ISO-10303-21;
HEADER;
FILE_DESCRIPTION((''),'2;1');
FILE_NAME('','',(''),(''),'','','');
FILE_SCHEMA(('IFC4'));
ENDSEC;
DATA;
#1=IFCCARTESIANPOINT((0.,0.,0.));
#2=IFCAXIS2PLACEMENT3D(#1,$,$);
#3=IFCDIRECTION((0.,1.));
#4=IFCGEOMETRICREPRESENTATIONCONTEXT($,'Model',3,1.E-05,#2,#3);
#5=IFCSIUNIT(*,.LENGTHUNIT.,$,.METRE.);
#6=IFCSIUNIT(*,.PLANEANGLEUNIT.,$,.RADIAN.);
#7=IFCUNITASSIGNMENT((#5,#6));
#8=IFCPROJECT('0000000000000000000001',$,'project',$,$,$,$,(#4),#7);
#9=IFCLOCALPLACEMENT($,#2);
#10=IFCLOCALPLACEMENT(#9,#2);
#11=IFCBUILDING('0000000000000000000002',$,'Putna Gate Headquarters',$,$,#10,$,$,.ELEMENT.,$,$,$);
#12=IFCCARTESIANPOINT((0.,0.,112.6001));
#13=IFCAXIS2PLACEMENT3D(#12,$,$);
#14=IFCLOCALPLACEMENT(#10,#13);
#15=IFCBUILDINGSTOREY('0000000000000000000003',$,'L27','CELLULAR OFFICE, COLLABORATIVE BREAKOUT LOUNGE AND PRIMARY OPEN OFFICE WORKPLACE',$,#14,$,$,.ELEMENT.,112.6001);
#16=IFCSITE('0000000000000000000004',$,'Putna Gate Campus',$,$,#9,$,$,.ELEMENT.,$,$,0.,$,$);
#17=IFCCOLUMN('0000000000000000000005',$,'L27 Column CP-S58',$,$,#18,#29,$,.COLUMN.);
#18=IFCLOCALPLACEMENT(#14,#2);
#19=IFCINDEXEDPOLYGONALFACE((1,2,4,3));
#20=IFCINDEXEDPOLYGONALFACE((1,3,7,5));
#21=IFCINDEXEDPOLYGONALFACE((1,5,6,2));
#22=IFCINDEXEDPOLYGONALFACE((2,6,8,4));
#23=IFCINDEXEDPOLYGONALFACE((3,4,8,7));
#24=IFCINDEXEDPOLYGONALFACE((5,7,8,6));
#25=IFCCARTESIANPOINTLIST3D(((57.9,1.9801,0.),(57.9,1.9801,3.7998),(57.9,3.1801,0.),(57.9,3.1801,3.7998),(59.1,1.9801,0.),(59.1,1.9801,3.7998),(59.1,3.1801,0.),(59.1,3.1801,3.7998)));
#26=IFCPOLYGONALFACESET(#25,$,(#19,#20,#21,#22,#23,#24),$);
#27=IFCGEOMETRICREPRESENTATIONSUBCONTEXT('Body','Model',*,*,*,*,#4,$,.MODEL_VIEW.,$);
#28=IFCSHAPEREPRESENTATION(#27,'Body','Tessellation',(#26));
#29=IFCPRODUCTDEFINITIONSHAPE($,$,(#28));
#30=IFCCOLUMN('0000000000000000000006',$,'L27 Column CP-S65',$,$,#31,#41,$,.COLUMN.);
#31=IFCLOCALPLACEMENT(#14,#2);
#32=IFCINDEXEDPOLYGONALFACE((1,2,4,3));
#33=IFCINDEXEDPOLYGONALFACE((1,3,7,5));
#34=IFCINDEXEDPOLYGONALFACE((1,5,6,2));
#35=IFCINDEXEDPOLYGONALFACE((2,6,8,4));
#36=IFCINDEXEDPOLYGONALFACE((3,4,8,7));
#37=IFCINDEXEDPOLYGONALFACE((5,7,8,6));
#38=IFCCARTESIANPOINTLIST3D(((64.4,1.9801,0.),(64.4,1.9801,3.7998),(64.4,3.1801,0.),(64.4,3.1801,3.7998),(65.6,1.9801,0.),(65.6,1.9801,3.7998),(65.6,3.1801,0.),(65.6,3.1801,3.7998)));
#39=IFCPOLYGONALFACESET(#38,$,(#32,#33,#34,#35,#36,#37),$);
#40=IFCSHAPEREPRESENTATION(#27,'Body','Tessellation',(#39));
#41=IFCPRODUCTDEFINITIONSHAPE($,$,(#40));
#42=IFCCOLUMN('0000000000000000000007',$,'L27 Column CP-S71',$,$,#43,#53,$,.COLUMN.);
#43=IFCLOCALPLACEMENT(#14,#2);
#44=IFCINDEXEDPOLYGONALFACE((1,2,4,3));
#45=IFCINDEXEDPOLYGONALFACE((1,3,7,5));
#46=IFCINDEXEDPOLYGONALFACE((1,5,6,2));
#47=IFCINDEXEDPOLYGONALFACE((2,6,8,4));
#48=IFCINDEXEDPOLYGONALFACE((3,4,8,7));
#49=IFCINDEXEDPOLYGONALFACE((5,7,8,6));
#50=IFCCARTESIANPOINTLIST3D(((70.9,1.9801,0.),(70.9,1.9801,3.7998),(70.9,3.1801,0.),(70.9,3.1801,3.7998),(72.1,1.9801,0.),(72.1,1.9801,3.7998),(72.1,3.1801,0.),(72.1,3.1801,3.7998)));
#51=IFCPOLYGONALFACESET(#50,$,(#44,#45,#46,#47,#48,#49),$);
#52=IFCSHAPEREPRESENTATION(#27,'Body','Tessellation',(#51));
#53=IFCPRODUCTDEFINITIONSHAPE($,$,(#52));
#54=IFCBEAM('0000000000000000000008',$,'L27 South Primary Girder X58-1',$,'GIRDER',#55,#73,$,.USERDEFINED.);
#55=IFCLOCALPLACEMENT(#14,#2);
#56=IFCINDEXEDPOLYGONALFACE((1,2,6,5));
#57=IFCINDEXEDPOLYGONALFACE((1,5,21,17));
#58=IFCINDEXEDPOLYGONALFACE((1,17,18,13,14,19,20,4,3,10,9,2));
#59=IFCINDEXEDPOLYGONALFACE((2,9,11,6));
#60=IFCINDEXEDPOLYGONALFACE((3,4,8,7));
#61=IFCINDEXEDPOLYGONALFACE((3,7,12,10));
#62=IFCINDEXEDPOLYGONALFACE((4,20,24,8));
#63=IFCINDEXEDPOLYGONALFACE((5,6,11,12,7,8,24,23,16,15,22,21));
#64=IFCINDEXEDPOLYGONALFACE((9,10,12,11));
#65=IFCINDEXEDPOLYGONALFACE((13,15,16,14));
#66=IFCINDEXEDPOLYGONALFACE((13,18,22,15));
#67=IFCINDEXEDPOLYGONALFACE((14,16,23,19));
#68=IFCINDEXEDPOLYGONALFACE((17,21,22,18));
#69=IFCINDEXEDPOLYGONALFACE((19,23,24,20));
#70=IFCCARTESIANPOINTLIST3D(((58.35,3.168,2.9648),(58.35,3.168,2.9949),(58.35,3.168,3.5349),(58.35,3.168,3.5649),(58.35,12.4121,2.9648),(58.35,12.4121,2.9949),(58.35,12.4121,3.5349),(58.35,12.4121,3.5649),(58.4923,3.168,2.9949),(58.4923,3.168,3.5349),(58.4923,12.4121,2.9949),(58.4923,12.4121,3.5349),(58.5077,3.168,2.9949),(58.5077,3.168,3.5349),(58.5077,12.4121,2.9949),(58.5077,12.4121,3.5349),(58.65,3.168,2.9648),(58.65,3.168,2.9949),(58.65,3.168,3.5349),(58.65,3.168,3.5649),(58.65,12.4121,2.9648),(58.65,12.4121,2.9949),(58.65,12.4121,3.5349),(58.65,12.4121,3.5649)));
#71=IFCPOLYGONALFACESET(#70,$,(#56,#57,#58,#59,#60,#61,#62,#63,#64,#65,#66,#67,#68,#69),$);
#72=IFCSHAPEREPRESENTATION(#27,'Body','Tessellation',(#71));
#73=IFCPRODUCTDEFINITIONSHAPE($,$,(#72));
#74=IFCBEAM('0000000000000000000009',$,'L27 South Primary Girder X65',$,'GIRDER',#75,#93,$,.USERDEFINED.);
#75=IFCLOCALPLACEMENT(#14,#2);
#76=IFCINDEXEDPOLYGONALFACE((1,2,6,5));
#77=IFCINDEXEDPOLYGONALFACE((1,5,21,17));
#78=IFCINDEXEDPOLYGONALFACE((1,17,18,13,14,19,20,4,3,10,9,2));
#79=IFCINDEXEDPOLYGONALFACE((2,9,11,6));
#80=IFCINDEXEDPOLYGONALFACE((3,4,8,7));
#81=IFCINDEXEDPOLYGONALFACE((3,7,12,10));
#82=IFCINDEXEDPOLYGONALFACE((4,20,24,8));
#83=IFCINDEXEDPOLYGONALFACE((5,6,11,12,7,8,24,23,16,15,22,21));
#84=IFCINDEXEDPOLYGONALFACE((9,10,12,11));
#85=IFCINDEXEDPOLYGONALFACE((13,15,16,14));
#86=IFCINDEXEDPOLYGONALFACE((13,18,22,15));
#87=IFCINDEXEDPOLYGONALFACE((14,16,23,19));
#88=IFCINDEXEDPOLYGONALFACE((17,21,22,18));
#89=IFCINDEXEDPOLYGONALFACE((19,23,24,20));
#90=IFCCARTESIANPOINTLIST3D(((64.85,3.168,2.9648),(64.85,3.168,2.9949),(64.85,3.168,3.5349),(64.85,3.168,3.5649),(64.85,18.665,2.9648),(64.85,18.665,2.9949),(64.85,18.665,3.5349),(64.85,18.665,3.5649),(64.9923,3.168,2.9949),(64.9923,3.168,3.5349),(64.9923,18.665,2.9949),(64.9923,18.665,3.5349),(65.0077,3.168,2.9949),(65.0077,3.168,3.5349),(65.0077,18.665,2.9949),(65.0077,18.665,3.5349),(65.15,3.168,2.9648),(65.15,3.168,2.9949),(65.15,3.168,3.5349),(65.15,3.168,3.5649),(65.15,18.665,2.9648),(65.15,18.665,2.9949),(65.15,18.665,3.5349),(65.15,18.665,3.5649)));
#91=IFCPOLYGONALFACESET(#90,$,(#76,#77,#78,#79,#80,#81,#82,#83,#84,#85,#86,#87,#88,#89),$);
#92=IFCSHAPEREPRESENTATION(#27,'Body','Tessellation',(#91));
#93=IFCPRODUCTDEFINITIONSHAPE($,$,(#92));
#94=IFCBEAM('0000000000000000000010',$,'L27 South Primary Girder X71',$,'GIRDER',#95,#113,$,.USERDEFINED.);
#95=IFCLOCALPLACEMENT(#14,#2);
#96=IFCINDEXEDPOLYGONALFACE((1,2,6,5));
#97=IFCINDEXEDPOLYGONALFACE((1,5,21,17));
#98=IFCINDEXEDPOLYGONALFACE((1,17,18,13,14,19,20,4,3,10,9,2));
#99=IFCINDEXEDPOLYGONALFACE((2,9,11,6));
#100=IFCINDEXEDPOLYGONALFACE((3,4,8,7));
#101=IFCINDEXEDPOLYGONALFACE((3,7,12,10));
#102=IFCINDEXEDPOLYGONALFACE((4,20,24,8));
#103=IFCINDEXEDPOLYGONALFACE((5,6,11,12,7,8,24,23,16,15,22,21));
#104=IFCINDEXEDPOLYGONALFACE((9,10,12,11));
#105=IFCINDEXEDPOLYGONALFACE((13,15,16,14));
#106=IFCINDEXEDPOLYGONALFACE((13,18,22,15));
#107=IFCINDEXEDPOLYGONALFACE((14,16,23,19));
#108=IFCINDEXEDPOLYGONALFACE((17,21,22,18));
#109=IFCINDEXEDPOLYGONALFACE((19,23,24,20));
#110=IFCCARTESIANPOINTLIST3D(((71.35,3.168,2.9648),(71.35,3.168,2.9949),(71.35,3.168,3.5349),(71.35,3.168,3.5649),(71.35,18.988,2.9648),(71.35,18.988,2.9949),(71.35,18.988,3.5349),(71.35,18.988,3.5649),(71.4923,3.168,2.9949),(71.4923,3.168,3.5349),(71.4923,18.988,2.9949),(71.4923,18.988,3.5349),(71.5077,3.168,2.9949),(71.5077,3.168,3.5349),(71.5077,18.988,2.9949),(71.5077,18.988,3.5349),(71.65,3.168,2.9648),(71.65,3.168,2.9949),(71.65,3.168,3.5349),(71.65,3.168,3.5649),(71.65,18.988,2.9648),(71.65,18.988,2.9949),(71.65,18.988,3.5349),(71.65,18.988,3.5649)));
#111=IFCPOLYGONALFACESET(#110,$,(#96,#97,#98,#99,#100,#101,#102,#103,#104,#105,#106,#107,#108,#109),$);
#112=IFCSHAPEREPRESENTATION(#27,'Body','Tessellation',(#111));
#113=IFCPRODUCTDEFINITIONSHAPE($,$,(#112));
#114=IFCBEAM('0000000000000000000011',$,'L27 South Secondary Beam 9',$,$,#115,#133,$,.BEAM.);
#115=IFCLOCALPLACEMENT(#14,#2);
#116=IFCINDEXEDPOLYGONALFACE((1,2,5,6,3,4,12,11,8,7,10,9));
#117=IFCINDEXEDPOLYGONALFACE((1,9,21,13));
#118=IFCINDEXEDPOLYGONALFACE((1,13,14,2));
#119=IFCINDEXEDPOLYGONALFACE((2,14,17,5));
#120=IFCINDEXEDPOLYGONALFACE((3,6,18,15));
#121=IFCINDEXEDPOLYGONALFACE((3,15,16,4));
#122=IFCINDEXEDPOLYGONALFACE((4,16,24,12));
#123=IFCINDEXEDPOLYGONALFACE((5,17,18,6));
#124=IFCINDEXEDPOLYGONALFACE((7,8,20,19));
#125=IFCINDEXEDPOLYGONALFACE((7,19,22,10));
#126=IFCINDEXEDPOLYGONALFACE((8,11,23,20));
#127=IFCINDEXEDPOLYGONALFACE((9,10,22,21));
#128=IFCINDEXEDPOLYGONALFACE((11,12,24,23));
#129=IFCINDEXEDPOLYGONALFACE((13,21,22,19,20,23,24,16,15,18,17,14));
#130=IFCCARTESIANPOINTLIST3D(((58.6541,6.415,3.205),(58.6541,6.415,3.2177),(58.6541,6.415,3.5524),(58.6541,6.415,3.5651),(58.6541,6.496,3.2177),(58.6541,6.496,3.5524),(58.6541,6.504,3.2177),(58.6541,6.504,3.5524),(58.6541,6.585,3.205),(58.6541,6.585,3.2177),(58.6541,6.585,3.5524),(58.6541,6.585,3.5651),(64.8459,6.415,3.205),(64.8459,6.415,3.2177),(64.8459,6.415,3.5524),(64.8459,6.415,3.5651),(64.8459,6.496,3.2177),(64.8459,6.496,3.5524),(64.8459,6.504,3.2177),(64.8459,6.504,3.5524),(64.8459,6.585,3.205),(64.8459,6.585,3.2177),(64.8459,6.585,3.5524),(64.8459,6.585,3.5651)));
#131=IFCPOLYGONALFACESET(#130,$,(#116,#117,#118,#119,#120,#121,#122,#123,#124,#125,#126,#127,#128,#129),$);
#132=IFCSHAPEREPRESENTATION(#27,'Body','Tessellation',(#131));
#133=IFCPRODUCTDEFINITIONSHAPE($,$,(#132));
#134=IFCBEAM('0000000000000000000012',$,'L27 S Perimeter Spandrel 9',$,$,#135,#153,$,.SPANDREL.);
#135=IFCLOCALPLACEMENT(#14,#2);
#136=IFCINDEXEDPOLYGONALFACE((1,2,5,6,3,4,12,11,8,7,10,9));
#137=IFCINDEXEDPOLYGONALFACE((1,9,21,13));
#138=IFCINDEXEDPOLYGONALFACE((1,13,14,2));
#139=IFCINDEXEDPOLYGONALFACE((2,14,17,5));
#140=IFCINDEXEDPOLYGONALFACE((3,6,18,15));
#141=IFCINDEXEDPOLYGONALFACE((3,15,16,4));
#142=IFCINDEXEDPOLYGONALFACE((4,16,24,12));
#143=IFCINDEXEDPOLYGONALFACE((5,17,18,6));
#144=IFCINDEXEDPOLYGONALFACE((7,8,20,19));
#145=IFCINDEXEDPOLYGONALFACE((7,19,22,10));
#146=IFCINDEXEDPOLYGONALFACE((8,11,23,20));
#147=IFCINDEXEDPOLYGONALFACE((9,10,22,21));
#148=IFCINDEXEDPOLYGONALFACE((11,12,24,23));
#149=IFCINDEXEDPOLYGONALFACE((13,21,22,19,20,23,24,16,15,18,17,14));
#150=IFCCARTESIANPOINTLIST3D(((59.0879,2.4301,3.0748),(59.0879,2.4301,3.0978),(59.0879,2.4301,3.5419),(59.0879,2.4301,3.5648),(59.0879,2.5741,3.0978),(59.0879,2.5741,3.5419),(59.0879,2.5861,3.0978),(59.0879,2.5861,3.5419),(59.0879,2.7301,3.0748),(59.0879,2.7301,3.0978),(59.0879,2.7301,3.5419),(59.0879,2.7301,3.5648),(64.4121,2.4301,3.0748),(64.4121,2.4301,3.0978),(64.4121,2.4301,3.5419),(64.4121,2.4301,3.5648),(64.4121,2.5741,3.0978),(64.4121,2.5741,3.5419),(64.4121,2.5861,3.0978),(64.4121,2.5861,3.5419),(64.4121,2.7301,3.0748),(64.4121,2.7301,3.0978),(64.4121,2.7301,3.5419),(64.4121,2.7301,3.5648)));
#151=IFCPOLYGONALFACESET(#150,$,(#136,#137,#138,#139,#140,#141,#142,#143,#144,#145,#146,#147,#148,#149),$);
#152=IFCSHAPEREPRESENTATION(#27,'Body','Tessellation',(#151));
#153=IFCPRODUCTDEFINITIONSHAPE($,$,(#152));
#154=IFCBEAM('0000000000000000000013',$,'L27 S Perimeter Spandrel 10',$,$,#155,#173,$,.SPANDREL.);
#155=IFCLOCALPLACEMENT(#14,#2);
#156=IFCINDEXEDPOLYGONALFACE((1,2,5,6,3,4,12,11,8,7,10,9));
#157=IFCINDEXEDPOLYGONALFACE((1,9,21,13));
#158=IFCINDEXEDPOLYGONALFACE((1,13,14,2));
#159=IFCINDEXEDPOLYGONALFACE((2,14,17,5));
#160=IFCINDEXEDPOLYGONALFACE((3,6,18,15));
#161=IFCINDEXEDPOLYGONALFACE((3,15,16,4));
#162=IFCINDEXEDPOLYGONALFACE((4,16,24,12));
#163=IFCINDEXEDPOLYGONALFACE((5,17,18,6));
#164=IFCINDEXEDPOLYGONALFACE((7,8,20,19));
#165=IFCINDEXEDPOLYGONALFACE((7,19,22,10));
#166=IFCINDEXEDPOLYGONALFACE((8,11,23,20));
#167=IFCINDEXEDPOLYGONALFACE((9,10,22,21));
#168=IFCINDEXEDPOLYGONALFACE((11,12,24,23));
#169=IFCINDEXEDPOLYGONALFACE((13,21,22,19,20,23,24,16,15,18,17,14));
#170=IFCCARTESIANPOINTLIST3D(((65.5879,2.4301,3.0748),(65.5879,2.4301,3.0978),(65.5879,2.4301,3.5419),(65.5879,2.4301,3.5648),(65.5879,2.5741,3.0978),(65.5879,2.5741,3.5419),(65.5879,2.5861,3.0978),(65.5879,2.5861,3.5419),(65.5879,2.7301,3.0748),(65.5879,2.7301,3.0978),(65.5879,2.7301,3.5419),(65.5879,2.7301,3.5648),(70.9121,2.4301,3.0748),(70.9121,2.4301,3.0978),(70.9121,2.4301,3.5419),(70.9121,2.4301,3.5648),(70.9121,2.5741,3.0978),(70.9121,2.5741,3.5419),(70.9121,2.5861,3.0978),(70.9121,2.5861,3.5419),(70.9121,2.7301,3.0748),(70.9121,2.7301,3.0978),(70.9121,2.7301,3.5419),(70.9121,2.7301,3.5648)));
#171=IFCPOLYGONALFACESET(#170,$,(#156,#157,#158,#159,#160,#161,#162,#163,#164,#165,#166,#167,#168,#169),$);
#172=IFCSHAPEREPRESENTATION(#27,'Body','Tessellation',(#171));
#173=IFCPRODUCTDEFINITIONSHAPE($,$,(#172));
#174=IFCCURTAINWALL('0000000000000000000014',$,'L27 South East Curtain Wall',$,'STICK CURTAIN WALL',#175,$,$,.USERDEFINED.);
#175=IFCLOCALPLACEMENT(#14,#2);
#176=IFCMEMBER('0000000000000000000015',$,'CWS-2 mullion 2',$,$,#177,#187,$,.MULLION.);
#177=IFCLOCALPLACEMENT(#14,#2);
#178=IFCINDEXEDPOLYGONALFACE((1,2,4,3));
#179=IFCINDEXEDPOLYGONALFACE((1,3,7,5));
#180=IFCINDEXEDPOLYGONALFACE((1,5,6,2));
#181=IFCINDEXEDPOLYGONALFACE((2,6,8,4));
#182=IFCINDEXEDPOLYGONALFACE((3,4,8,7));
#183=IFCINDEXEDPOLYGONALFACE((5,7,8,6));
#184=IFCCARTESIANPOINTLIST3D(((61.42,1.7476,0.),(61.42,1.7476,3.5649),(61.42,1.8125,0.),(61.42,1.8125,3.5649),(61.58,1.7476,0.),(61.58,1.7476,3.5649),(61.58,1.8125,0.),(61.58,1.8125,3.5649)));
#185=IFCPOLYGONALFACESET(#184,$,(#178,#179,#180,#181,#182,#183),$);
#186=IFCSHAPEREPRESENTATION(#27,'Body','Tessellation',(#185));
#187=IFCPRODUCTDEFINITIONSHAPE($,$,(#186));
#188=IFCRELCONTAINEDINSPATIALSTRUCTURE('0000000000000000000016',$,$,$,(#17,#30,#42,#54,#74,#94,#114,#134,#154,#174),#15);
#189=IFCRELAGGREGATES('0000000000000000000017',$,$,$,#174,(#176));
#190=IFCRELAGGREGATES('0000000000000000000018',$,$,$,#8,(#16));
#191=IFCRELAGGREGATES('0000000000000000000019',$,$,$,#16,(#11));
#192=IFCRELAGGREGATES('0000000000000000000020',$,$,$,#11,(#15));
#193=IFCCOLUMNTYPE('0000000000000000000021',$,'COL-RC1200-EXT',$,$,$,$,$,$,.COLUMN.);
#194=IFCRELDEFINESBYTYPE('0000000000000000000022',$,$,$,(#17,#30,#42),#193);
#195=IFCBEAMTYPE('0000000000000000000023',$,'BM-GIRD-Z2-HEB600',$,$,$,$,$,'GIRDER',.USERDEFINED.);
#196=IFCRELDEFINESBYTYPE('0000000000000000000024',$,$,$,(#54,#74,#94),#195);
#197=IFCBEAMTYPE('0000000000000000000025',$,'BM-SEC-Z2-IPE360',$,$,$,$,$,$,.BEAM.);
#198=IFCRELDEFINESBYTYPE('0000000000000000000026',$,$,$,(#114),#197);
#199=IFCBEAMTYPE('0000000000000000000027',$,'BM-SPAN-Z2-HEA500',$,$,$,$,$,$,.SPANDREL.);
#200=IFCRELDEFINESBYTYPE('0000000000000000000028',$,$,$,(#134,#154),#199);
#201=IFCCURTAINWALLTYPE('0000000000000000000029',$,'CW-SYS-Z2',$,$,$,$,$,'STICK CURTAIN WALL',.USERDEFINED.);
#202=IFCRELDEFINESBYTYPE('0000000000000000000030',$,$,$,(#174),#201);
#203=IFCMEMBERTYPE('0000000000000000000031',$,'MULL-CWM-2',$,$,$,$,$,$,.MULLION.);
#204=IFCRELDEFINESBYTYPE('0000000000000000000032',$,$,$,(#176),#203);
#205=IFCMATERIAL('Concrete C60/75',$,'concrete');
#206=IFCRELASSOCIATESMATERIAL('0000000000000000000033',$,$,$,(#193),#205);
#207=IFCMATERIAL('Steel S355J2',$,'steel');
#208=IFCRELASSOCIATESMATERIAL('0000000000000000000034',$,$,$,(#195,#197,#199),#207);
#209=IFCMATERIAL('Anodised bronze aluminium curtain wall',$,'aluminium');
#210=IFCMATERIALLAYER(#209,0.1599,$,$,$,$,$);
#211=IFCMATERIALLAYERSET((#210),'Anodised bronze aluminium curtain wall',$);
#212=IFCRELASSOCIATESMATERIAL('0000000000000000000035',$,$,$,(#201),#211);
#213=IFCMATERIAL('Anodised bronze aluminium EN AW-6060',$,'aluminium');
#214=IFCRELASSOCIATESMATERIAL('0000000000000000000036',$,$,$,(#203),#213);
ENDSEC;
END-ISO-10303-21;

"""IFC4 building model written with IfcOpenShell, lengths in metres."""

from ifc_helpers import new_model, si_unit, direction, frame, origin, origin_2d, place, context, subcontext, project, spatial, rectangle, i_section, extrude, material, layer, layer_set, material_profile, profile_set, type_object, element, aggregate, save


model = new_model("IFC4")

# Units and contexts
model_context = context("Model", 3, precision=1e-05, world=origin(), true_north=direction((0.0, 1.0)))
body_context = subcontext(model_context, "Body", "Model", "MODEL_VIEW")
ifc_project = project(units=[si_unit("LENGTHUNIT", "METRE"), si_unit("PLANEANGLEUNIT", "RADIAN")], contexts=[model_context])

# Site, building, storey
site_placement = place(None, origin())
site = spatial("IfcSite", under=ifc_project, at=site_placement, Name="Putna Gate Campus", CompositionType="ELEMENT", RefElevation=0.0)
building_placement = place(site_placement, origin())
building = spatial("IfcBuilding", under=site, at=building_placement, Name="Putna Gate Headquarters", CompositionType="ELEMENT")
storey_placement = place(building_placement, frame((0.0, 0.0, 112.6001)))
storey = spatial("IfcBuildingStorey", under=building, at=storey_placement, Name="L27", Description="CELLULAR OFFICE, COLLABORATIVE BREAKOUT LOUNGE AND PRIMARY OPEN OFFICE WORKPLACE", CompositionType="ELEMENT", Elevation=112.6001)

# Columns
ifc_material_1 = material(Name="Concrete C60/75", Category="concrete")
ifc_material_profile_1 = material_profile(ifc_material_1, rectangle(XDim=1.2, YDim=1.2, at=origin_2d()), Name="Concrete C60/75")
ifc_profile_set_1 = profile_set([ifc_material_profile_1], Name="Concrete C60/75")
column_type = type_object("IfcColumnType", Name="COL-RC1200-EXT", PredefinedType="COLUMN", material=ifc_profile_set_1)
for number, where, z_axis, x_axis, name in (
    (1, (58.5, 2.5801, 0.0), (0.0, 0.0, 1.0), (1.0, 0.0, 0.0), "L27 Column CP-S58"),
    (2, (65.0, 2.5801, 0.0), (0.0, 0.0, 1.0), (1.0, 0.0, 0.0), "L27 Column CP-S65"),
    (3, (71.5, 2.5801, 0.0), (0.0, 0.0, 1.0), (1.0, 0.0, 0.0), "L27 Column CP-S71"),
):
    element("IfcColumn", number, at=place(storey_placement, frame(where, z_axis=z_axis, x_axis=x_axis)), inside=storey, type_object=column_type, Name=name, PredefinedType="COLUMN", context=body_context, shape_type="SweptSolid", body=[
        extrude(rectangle(XDim=1.2, YDim=1.2, at=origin_2d()), origin(), (0.0, 0.0, 1.0), 3.7998),
    ])

# Beams
ifc_material_2 = material(Name="Steel S355J2", Category="steel")
ifc_material_profile_2 = material_profile(ifc_material_2, i_section(OverallWidth=0.3, OverallDepth=0.6001, WebThickness=0.0154, FlangeThickness=0.03, at=origin_2d()), Name="Steel S355J2")
ifc_profile_set_2 = profile_set([ifc_material_profile_2], Name="Steel S355J2")
beam_type_1 = type_object("IfcBeamType", Name="BM-GIRD-Z2-HEB600", ElementType="GIRDER", PredefinedType="USERDEFINED", material=ifc_profile_set_2)
beam_1_placement = place(storey_placement, frame((58.5, 3.168, 3.2649), z_axis=(0.0, 1.0, 0.0), x_axis=(-1.0, 0.0, 0.0)))
element("IfcBeam", 4, at=beam_1_placement, inside=storey, type_object=beam_type_1, Name="L27 South Primary Girder X58-1", ObjectType="GIRDER", PredefinedType="USERDEFINED", context=body_context, shape_type="SweptSolid", body=[
    extrude(i_section(OverallWidth=0.3, OverallDepth=0.6001, WebThickness=0.0154, FlangeThickness=0.03, at=origin_2d()), origin(), (0.0, 0.0, 1.0), 9.2441),
])
beam_2_placement = place(storey_placement, frame((65.0, 3.168, 3.2649), z_axis=(0.0, 1.0, 0.0), x_axis=(-1.0, 0.0, 0.0)))
element("IfcBeam", 5, at=beam_2_placement, inside=storey, type_object=beam_type_1, Name="L27 South Primary Girder X65", ObjectType="GIRDER", PredefinedType="USERDEFINED", context=body_context, shape_type="SweptSolid", body=[
    extrude(i_section(OverallWidth=0.3, OverallDepth=0.6001, WebThickness=0.0154, FlangeThickness=0.03, at=origin_2d()), origin(), (0.0, 0.0, 1.0), 15.4971),
])
beam_3_placement = place(storey_placement, frame((71.5, 3.168, 3.2649), z_axis=(0.0, 1.0, 0.0), x_axis=(-1.0, 0.0, 0.0)))
element("IfcBeam", 6, at=beam_3_placement, inside=storey, type_object=beam_type_1, Name="L27 South Primary Girder X71", ObjectType="GIRDER", PredefinedType="USERDEFINED", context=body_context, shape_type="SweptSolid", body=[
    extrude(i_section(OverallWidth=0.3, OverallDepth=0.6001, WebThickness=0.0154, FlangeThickness=0.03, at=origin_2d()), origin(), (0.0, 0.0, 1.0), 15.8201),
])
ifc_material_profile_3 = material_profile(ifc_material_2, i_section(OverallWidth=0.1699, OverallDepth=0.3601, WebThickness=0.0081, FlangeThickness=0.0127, at=origin_2d()), Name="Steel S355J2")
ifc_profile_set_3 = profile_set([ifc_material_profile_3], Name="Steel S355J2")
beam_type_2 = type_object("IfcBeamType", Name="BM-SEC-Z2-IPE360", PredefinedType="BEAM", material=ifc_profile_set_3)
beam_4_placement = place(storey_placement, frame((58.6541, 6.5, 3.385), z_axis=(1.0, 0.0, 0.0), x_axis=(0.0, 1.0, 0.0)))
element("IfcBeam", 7, at=beam_4_placement, inside=storey, type_object=beam_type_2, Name="L27 South Secondary Beam 9", PredefinedType="BEAM", context=body_context, shape_type="SweptSolid", body=[
    extrude(i_section(OverallWidth=0.1699, OverallDepth=0.3601, WebThickness=0.0081, FlangeThickness=0.0127, at=origin_2d()), origin(), (0.0, 0.0, 1.0), 6.1919),
])
ifc_material_profile_4 = material_profile(ifc_material_2, i_section(OverallWidth=0.3, OverallDepth=0.49, WebThickness=0.012, FlangeThickness=0.0229, at=origin_2d()), Name="Steel S355J2")
ifc_profile_set_4 = profile_set([ifc_material_profile_4], Name="Steel S355J2")
beam_type_3 = type_object("IfcBeamType", Name="BM-SPAN-Z2-HEA500", PredefinedType="SPANDREL", material=ifc_profile_set_4)
for number, where, z_axis, x_axis, name in (
    (8, (59.0879, 2.5801, 3.3198), (1.0, 0.0, 0.0), (0.0, 1.0, 0.0), "L27 S Perimeter Spandrel 9"),
    (9, (65.5879, 2.5801, 3.3198), (1.0, 0.0, 0.0), (0.0, 1.0, 0.0), "L27 S Perimeter Spandrel 10"),
):
    element("IfcBeam", number, at=place(storey_placement, frame(where, z_axis=z_axis, x_axis=x_axis)), inside=storey, type_object=beam_type_3, Name=name, PredefinedType="SPANDREL", context=body_context, shape_type="SweptSolid", body=[
        extrude(i_section(OverallWidth=0.3, OverallDepth=0.49, WebThickness=0.012, FlangeThickness=0.0229, at=origin_2d()), origin(), (0.0, 0.0, 1.0), 5.3242),
    ])

# Curtain wall, member
ifc_material_3 = material(Name="Anodised bronze aluminium curtain wall", Category="aluminium")
ifc_layer_1 = layer(ifc_material_3, 0.1599)
ifc_layer_set_1 = layer_set([ifc_layer_1], Name="Anodised bronze aluminium curtain wall")
curtain_wall_type = type_object("IfcCurtainWallType", Name="CW-SYS-Z2", ElementType="STICK CURTAIN WALL", PredefinedType="USERDEFINED", material=ifc_layer_set_1)
curtain_wall_1_placement = place(storey_placement, origin())
curtain_wall_1 = element("IfcCurtainWall", 10, at=curtain_wall_1_placement, inside=storey, type_object=curtain_wall_type, Name="L27 South East Curtain Wall", ObjectType="STICK CURTAIN WALL", PredefinedType="USERDEFINED")
ifc_material_4 = material(Name="Anodised bronze aluminium EN AW-6060", Category="aluminium")
ifc_material_profile_5 = material_profile(ifc_material_4, rectangle(XDim=0.0649, YDim=0.1599, at=origin_2d()), Name="Anodised bronze aluminium EN AW-6060")
ifc_profile_set_5 = profile_set([ifc_material_profile_5], Name="Anodised bronze aluminium EN AW-6060")
member_type_1 = type_object("IfcMemberType", Name="MULL-CWM-2", PredefinedType="MULLION", material=ifc_profile_set_5)
member_1_placement = place(storey_placement, frame((61.5, 1.78, 0.0), z_axis=(0.0, 0.0, 1.0), x_axis=(0.0, 1.0, 0.0)))
member_1 = element("IfcMember", 11, at=member_1_placement, type_object=member_type_1, Name="CWS-2 mullion 2", PredefinedType="MULLION", context=body_context, shape_type="SweptSolid", body=[
    extrude(rectangle(XDim=0.0649, YDim=0.1599, at=origin_2d()), origin(), (0.0, 0.0, 1.0), 3.5649),
])

aggregate(curtain_wall_1, [member_1])

save(model, "model.ifc")
